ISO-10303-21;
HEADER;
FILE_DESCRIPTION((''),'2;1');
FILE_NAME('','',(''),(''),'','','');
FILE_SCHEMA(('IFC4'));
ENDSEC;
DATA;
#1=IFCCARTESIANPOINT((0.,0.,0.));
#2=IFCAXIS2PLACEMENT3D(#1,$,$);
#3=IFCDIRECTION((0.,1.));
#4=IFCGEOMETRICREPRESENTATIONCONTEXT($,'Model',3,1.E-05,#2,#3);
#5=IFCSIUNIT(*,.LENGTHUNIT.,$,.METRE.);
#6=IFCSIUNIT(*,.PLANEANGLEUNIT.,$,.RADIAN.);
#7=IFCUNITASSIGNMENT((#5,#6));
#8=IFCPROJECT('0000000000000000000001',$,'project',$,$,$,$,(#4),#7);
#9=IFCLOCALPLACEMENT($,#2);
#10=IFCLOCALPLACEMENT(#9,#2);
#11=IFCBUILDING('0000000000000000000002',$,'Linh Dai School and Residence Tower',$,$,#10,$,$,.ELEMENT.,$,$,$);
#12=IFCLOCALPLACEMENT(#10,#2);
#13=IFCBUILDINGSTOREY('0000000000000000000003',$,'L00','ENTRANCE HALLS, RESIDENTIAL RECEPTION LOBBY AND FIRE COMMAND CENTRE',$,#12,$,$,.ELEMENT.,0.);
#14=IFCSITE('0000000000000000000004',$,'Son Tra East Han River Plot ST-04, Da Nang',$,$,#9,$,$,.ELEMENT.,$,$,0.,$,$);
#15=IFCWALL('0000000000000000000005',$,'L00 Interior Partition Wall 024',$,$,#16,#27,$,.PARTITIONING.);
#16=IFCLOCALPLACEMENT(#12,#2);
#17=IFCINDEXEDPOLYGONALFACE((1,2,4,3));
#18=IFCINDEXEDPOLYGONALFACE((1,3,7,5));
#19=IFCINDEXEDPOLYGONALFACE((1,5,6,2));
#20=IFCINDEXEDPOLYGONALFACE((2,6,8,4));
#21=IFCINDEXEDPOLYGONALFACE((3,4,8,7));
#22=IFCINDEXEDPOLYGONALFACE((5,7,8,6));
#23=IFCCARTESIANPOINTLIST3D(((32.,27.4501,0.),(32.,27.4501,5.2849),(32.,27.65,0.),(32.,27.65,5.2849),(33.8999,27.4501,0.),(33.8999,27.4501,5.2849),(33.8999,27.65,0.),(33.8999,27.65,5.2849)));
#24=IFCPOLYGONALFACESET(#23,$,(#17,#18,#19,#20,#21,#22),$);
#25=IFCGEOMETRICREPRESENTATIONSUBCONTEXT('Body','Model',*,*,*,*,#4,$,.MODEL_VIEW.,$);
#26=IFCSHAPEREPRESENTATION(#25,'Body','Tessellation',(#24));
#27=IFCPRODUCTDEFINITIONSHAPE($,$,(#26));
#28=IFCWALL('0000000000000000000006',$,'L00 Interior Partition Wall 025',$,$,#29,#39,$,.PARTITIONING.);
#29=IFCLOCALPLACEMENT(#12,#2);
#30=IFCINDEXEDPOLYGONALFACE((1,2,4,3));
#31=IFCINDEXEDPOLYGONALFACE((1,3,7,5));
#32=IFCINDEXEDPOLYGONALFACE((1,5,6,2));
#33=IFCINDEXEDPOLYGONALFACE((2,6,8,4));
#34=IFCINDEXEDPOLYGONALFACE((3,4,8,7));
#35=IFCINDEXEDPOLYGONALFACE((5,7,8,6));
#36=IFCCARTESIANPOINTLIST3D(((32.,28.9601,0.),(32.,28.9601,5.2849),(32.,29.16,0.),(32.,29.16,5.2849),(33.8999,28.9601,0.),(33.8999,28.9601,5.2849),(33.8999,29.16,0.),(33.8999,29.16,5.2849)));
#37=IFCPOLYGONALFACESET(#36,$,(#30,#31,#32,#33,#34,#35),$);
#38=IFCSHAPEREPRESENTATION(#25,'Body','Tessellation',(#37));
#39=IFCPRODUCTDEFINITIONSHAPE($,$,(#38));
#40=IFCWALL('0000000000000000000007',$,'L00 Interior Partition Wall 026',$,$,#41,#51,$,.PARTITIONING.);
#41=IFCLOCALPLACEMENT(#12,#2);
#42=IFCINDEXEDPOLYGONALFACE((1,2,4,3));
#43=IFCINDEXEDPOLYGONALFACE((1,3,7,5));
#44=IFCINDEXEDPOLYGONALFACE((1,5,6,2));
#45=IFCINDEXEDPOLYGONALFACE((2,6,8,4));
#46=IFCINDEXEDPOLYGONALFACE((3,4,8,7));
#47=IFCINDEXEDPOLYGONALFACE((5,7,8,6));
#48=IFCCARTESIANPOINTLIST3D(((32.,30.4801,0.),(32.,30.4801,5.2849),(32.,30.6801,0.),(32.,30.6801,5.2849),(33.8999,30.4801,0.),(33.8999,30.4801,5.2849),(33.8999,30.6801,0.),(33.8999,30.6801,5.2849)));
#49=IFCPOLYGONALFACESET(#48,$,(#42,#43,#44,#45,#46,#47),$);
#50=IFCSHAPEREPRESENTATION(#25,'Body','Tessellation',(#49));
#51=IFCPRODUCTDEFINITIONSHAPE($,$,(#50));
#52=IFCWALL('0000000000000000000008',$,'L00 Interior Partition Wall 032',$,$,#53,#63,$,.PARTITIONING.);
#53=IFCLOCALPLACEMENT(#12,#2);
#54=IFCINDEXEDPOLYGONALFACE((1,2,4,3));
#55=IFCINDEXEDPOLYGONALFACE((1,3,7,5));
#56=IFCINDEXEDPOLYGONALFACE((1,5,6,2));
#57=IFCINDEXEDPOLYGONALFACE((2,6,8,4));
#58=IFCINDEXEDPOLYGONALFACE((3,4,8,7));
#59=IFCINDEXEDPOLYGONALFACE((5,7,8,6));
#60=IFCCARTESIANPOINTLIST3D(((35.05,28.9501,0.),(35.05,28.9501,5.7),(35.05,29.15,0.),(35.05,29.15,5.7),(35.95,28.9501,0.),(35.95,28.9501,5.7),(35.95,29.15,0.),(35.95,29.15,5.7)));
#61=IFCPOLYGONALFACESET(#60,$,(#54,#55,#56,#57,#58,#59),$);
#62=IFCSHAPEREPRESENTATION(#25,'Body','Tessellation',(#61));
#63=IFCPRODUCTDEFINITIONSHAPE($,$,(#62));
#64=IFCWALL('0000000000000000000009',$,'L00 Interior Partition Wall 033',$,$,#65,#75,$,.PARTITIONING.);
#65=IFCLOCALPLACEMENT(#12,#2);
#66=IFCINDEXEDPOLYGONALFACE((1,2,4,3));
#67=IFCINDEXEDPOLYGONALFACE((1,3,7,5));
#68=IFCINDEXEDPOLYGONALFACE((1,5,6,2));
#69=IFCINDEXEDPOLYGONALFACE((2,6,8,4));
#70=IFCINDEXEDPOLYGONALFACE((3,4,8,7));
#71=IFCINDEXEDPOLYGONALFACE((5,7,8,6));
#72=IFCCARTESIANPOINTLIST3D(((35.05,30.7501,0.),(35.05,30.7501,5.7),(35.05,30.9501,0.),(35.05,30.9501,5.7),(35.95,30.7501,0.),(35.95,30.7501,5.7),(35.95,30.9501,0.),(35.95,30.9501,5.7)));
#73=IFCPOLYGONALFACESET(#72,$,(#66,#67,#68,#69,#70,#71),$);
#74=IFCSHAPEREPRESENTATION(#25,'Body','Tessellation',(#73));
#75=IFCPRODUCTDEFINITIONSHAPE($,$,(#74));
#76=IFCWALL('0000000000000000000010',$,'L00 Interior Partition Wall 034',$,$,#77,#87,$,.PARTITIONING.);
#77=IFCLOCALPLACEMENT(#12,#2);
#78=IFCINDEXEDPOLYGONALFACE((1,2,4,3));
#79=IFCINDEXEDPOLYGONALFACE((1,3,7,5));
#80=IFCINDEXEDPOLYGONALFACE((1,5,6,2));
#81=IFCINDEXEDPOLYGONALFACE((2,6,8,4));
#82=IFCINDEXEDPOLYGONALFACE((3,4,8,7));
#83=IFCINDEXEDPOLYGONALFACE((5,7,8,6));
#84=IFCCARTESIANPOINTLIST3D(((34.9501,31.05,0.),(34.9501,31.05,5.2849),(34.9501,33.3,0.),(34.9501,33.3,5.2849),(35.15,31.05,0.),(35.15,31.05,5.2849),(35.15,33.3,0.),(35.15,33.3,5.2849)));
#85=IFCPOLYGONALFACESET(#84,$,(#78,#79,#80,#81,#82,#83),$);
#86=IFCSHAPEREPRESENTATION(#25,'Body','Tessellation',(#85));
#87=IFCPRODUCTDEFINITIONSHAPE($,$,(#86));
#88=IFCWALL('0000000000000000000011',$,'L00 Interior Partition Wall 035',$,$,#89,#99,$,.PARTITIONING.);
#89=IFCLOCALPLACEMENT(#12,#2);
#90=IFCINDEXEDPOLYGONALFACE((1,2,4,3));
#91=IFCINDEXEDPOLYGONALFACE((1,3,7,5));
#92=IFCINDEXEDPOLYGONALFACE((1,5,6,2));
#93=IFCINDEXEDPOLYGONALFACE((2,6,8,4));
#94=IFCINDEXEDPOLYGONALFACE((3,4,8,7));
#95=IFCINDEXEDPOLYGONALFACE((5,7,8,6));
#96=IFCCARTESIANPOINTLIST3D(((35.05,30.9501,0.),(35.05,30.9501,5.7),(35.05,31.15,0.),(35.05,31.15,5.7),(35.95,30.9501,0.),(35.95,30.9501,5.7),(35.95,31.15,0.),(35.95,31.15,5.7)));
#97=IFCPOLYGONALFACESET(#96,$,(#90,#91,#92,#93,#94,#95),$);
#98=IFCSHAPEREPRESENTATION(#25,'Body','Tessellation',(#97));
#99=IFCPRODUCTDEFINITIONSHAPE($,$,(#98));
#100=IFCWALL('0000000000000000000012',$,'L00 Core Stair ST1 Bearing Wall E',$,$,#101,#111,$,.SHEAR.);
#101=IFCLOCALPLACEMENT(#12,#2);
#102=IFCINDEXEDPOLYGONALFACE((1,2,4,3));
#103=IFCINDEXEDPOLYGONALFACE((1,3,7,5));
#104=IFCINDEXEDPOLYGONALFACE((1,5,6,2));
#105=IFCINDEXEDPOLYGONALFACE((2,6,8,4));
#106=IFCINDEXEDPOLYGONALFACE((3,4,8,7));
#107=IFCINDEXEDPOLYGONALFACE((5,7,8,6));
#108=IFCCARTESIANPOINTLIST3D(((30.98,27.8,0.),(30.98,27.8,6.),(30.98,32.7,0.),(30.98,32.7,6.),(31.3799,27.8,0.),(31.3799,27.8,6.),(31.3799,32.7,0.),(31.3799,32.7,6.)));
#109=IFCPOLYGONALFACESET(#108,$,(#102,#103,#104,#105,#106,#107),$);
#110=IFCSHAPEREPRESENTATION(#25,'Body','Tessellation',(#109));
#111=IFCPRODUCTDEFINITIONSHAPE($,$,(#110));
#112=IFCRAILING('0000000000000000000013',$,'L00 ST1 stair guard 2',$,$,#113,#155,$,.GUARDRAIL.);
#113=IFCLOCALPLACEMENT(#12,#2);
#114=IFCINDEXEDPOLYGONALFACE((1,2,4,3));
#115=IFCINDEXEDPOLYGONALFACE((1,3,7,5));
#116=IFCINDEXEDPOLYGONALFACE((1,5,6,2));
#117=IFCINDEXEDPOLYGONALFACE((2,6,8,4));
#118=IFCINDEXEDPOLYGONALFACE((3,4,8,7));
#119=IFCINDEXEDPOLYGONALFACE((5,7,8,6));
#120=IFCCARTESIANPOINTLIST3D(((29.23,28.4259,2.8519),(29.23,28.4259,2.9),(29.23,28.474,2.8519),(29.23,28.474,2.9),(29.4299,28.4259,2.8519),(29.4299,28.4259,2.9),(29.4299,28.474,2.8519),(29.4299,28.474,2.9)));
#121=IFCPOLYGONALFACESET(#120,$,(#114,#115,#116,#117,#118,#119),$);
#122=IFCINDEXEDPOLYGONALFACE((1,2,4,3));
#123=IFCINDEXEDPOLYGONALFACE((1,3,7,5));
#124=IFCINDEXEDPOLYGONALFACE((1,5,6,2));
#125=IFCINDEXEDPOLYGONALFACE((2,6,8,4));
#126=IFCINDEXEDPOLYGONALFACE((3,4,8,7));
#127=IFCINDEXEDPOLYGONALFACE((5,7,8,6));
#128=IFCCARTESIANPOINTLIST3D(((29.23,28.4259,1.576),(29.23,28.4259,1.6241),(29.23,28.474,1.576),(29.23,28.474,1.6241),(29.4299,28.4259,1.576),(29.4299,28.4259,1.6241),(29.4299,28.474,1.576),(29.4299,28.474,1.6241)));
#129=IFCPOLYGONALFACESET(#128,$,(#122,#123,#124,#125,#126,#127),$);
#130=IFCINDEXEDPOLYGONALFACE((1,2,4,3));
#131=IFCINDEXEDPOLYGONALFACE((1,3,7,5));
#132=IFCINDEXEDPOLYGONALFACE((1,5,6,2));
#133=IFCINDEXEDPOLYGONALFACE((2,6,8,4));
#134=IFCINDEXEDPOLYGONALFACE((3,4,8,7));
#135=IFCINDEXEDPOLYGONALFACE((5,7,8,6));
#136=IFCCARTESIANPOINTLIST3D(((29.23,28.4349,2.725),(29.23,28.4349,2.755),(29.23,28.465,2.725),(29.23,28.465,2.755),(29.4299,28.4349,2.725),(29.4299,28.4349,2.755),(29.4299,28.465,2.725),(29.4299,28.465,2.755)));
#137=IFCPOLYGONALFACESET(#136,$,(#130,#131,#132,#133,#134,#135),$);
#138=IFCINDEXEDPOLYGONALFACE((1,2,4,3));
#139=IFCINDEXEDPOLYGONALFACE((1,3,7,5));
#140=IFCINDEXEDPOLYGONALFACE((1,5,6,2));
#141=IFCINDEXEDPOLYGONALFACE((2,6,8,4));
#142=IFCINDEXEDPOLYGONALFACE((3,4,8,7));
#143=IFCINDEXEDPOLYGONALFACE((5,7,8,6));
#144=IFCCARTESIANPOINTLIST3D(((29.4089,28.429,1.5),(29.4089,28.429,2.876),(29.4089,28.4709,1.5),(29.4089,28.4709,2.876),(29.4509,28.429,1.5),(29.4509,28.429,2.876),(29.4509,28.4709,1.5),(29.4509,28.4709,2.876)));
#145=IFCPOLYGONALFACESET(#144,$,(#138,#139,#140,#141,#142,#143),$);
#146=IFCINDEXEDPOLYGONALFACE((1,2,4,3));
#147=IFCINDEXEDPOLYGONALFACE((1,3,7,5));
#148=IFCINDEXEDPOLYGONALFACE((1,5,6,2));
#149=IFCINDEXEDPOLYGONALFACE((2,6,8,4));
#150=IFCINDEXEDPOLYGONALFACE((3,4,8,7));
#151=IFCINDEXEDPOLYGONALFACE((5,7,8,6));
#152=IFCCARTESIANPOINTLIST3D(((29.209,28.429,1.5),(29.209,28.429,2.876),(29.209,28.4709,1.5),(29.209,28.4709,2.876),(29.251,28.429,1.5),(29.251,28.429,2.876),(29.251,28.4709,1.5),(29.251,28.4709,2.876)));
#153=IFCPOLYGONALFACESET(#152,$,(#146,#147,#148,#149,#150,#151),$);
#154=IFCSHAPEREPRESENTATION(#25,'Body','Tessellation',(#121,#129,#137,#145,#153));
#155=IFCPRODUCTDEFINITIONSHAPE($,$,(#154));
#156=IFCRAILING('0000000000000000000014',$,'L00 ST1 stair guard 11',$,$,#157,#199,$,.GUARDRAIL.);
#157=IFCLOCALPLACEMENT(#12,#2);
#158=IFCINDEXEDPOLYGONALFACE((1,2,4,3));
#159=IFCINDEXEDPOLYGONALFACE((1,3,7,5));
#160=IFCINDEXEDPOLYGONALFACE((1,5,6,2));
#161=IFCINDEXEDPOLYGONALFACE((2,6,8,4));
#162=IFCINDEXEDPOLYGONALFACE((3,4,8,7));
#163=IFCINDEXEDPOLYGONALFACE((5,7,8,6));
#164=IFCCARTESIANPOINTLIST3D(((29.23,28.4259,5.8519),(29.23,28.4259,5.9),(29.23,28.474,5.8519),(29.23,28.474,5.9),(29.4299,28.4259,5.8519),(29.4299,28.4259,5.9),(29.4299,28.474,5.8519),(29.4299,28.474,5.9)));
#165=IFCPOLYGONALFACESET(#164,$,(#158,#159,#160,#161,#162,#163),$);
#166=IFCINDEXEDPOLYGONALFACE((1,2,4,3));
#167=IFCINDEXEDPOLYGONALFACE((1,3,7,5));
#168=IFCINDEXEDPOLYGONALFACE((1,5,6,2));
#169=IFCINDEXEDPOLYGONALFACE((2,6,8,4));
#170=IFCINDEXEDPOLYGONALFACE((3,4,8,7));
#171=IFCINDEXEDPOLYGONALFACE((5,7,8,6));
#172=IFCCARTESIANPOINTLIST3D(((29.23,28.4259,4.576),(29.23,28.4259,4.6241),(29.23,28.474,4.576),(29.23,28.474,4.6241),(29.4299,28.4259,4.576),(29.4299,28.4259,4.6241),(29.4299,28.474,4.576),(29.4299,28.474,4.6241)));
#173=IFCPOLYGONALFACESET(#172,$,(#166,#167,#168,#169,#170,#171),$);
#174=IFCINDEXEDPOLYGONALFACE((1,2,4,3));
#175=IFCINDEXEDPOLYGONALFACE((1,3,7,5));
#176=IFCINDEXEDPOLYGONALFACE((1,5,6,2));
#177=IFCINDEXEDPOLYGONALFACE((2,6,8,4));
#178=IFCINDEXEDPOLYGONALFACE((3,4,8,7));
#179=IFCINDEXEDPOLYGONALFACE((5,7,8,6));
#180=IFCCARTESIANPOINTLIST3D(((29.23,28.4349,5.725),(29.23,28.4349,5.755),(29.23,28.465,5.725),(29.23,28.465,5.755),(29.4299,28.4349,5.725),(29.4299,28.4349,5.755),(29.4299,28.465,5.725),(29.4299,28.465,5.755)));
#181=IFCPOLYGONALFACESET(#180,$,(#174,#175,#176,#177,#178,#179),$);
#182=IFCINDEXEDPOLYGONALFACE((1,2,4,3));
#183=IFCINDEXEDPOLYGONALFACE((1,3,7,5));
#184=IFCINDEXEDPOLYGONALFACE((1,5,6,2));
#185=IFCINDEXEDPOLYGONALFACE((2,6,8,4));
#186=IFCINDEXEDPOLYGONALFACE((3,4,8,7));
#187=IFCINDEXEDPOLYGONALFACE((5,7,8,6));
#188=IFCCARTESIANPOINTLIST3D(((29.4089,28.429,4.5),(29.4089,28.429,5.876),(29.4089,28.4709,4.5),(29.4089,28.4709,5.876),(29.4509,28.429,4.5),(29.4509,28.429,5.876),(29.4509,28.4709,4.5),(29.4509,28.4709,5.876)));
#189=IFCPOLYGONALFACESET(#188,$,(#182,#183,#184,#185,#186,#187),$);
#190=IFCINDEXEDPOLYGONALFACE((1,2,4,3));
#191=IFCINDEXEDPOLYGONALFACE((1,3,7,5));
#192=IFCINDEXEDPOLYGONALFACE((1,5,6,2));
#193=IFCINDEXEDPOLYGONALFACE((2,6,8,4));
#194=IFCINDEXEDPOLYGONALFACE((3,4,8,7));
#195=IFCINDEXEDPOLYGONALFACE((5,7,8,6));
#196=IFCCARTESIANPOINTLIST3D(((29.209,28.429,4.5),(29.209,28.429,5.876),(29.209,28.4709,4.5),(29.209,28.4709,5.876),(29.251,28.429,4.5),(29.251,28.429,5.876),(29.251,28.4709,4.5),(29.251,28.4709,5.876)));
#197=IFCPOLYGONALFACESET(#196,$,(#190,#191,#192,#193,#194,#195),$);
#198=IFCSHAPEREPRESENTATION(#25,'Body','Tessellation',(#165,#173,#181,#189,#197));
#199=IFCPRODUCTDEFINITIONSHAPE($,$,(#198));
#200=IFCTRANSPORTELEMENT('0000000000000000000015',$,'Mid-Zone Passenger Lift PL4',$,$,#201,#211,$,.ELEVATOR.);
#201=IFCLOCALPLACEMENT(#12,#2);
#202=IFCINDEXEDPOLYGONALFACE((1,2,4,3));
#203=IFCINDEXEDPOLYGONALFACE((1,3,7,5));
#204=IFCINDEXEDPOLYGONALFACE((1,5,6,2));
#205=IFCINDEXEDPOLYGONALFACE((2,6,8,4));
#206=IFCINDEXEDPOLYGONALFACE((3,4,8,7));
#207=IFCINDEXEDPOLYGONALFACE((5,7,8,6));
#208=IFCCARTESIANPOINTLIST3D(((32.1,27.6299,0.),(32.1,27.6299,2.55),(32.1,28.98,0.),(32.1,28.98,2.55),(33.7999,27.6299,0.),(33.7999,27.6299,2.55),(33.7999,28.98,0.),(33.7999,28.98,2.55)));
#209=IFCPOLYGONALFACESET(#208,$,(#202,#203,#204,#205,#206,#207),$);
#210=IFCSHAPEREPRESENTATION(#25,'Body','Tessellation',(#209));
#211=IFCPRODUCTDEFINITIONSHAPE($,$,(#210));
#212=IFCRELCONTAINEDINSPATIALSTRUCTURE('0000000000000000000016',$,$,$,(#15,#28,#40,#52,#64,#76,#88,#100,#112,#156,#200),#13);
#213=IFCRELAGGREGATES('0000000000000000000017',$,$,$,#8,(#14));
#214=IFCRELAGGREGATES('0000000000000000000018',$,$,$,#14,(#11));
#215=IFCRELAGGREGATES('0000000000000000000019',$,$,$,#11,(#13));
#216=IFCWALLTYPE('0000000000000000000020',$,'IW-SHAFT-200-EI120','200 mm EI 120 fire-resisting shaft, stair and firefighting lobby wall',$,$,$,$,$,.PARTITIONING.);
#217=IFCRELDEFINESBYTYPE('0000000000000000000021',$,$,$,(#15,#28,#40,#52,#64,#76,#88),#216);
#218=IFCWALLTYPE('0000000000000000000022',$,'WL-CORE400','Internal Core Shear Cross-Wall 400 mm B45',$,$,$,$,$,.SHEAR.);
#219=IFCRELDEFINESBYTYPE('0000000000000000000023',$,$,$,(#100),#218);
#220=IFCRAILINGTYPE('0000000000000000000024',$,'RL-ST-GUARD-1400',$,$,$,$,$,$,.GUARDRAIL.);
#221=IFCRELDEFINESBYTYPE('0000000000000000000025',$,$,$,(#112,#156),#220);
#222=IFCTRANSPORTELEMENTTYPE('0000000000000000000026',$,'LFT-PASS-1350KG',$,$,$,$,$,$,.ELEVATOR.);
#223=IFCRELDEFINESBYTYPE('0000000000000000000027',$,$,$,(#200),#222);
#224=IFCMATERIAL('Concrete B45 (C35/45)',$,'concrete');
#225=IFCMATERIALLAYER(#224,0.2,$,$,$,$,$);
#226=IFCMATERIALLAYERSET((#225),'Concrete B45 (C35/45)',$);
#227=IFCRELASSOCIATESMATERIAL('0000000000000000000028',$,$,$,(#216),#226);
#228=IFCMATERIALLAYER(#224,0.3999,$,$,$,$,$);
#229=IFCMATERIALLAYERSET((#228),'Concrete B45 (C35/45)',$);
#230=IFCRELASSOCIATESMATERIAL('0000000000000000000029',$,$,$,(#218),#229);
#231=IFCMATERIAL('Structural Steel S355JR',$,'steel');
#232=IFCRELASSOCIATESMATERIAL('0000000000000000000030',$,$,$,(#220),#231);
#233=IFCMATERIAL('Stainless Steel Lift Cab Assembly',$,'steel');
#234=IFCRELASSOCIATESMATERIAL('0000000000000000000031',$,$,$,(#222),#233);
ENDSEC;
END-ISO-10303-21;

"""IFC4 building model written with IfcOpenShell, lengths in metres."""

from ifc_helpers import new_model, si_unit, direction, frame, frame_2d, origin, origin_2d, place, context, subcontext, project, spatial, rectangle, extrude, source, transform, mapped, material, layer, layer_set, type_object, element, save


model = new_model("IFC4")

# Units and contexts
model_context = context("Model", 3, precision=1e-05, world=origin(), true_north=direction((0.0, 1.0)))
body_context = subcontext(model_context, "Body", "Model", "MODEL_VIEW")
ifc_project = project(units=[si_unit("LENGTHUNIT", "METRE"), si_unit("PLANEANGLEUNIT", "RADIAN")], contexts=[model_context])

# Site, building, storey
site_placement = place(None, origin())
site = spatial("IfcSite", under=ifc_project, at=site_placement, Name="Son Tra East Han River Plot ST-04, Da Nang", CompositionType="ELEMENT", RefElevation=0.0)
building_placement = place(site_placement, origin())
building = spatial("IfcBuilding", under=site, at=building_placement, Name="Linh Dai School and Residence Tower", CompositionType="ELEMENT")
storey_placement = place(building_placement, origin())
storey = spatial("IfcBuildingStorey", under=building, at=storey_placement, Name="L00", Description="ENTRANCE HALLS, RESIDENTIAL RECEPTION LOBBY AND FIRE COMMAND CENTRE", CompositionType="ELEMENT", Elevation=0.0)

# Walls
ifc_material_1 = material(Name="Concrete B45 (C35/45)", Category="concrete")
ifc_layer_1 = layer(ifc_material_1, 0.2)
ifc_layer_set_1 = layer_set([ifc_layer_1], Name="Concrete B45 (C35/45)")
wall_type_1 = type_object("IfcWallType", Name="IW-SHAFT-200-EI120", Description="200 mm EI 120 fire-resisting shaft, stair and firefighting lobby wall", PredefinedType="PARTITIONING", material=ifc_layer_set_1)
for number, where, z_axis, x_axis, name in (
    (1, (32.0, 27.55, 0.0), (0.0, 0.0, 1.0), (1.0, 0.0, 0.0), "L00 Interior Partition Wall 024"),
    (2, (32.0, 29.0601, 0.0), (0.0, 0.0, 1.0), (1.0, 0.0, 0.0), "L00 Interior Partition Wall 025"),
    (3, (32.0, 30.5801, 0.0), (0.0, 0.0, 1.0), (1.0, 0.0, 0.0), "L00 Interior Partition Wall 026"),
):
    element("IfcWall", number, at=place(storey_placement, frame(where, z_axis=z_axis, x_axis=x_axis)), inside=storey, type_object=wall_type_1, Name=name, PredefinedType="PARTITIONING", context=body_context, shape_type="SweptSolid", body=[
        extrude(rectangle(XDim=1.8999, YDim=0.2, at=frame_2d((0.95, 0.0))), origin(), (0.0, 0.0, 1.0), 5.2849),
    ])
for number, where, z_axis, x_axis, name in (
    (4, (35.05, 29.05, 0.0), (0.0, 0.0, 1.0), (1.0, 0.0, 0.0), "L00 Interior Partition Wall 032"),
    (5, (35.05, 30.8501, 0.0), (0.0, 0.0, 1.0), (1.0, 0.0, 0.0), "L00 Interior Partition Wall 033"),
):
    element("IfcWall", number, at=place(storey_placement, frame(where, z_axis=z_axis, x_axis=x_axis)), inside=storey, type_object=wall_type_1, Name=name, PredefinedType="PARTITIONING", context=body_context, shape_type="SweptSolid", body=[
        extrude(rectangle(XDim=0.8999, YDim=0.2, at=frame_2d((0.45, 0.0))), origin(), (0.0, 0.0, 1.0), 5.7),
    ])
wall_1_placement = place(storey_placement, frame((35.05, 31.05, 0.0), z_axis=(0.0, 0.0, 1.0), x_axis=(0.0, 1.0, 0.0)))
element("IfcWall", 6, at=wall_1_placement, inside=storey, type_object=wall_type_1, Name="L00 Interior Partition Wall 034", PredefinedType="PARTITIONING", context=body_context, shape_type="SweptSolid", body=[
    extrude(rectangle(XDim=2.25, YDim=0.2, at=frame_2d((1.125, 0.0))), origin(), (0.0, 0.0, 1.0), 5.2849),
])
wall_2_placement = place(storey_placement, frame((35.05, 31.05, 0.0), z_axis=(0.0, 0.0, 1.0), x_axis=(1.0, 0.0, 0.0)))
element("IfcWall", 7, at=wall_2_placement, inside=storey, type_object=wall_type_1, Name="L00 Interior Partition Wall 035", PredefinedType="PARTITIONING", context=body_context, shape_type="SweptSolid", body=[
    extrude(rectangle(XDim=0.8999, YDim=0.2, at=frame_2d((0.45, 0.0))), origin(), (0.0, 0.0, 1.0), 5.7),
])

# Wall
ifc_layer_2 = layer(ifc_material_1, 0.3999)
ifc_layer_set_2 = layer_set([ifc_layer_2], Name="Concrete B45 (C35/45)")
wall_type_2 = type_object("IfcWallType", Name="WL-CORE400", Description="Internal Core Shear Cross-Wall 400 mm B45", PredefinedType="SHEAR", material=ifc_layer_set_2)
wall_3_placement = place(storey_placement, frame((31.1799, 27.8, 0.0), z_axis=(0.0, 0.0, 1.0), x_axis=(0.0, 1.0, 0.0)))
element("IfcWall", 8, at=wall_3_placement, inside=storey, type_object=wall_type_2, Name="L00 Core Stair ST1 Bearing Wall E", PredefinedType="SHEAR", context=body_context, shape_type="SweptSolid", body=[
    extrude(rectangle(XDim=4.8999, YDim=0.3999, at=frame_2d((2.45, 0.0))), origin(), (0.0, 0.0, 1.0), 6.0),
])

# Railings
ifc_material_2 = material(Name="Structural Steel S355JR", Category="steel")
railing_type = type_object("IfcRailingType", Name="RL-ST-GUARD-1400", PredefinedType="GUARDRAIL", material=ifc_material_2)
shared_shape_1 = source(origin(), body_context, "Body", "SweptSolid", [
    extrude(rectangle(XDim=0.0481, YDim=0.0481, at=origin_2d()), frame((0.0, 0.0, 1.376), z_axis=(-1.0, 0.0, 0.0), x_axis=(0.0, -1.0, 0.0)), (0.0, 0.0, 1.0), 0.2),
    extrude(rectangle(XDim=0.0481, YDim=0.0481, at=origin_2d()), frame((0.0, 0.0, 0.1001), z_axis=(-1.0, 0.0, 0.0), x_axis=(0.0, -1.0, 0.0)), (0.0, 0.0, 1.0), 0.2),
    extrude(rectangle(XDim=0.03, YDim=0.03, at=origin_2d()), frame((0.0, 0.0, 1.24), z_axis=(-1.0, 0.0, 0.0), x_axis=(0.0, -1.0, 0.0)), (0.0, 0.0, 1.0), 0.2),
    extrude(rectangle(XDim=0.042, YDim=0.042, at=origin_2d()), origin(), (0.0, 0.0, 1.0), 1.376),
    extrude(rectangle(XDim=0.042, YDim=0.042, at=origin_2d()), frame((-0.2, 0.0, 0.0)), (0.0, 0.0, 1.0), 1.376),
])
for number, where, name in (
    (9, (29.4299, 28.45, 1.5), "L00 ST1 stair guard 2"),
    (10, (29.4299, 28.45, 4.5), "L00 ST1 stair guard 11"),
):
    element("IfcRailing", number, at=place(storey_placement, frame(where)), inside=storey, type_object=railing_type, Name=name, PredefinedType="GUARDRAIL", context=body_context, shape_type="MappedRepresentation", body=[
        mapped(shared_shape_1, transform((0.0, 0.0, 0.0), x_axis=(1.0, 0.0, 0.0), y_axis=(0.0, 1.0, 0.0), z_axis=(0.0, 0.0, 1.0), scale=1.0)),
    ])

# Transport element
ifc_material_3 = material(Name="Stainless Steel Lift Cab Assembly", Category="steel")
transport_element_type = type_object("IfcTransportElementType", Name="LFT-PASS-1350KG", PredefinedType="ELEVATOR", material=ifc_material_3)
shared_shape_2 = source(origin(), body_context, "Body", "SweptSolid", [
    extrude(rectangle(XDim=1.7, YDim=1.3501, at=origin_2d()), origin(), (0.0, 0.0, 1.0), 2.55),
])
for number, where, z_axis, x_axis, name in (
    (11, (32.95, 28.3049, 0.0), (0.0, 0.0, 1.0), (1.0, 0.0, 0.0), "Mid-Zone Passenger Lift PL4"),
):
    element("IfcTransportElement", number, at=place(storey_placement, frame(where, z_axis=z_axis, x_axis=x_axis)), inside=storey, type_object=transport_element_type, Name=name, PredefinedType="ELEVATOR", context=body_context, shape_type="MappedRepresentation", body=[
        mapped(shared_shape_2, transform((0.0, 0.0, 0.0), x_axis=(1.0, 0.0, 0.0), y_axis=(0.0, 1.0, 0.0), z_axis=(0.0, 0.0, 1.0), scale=1.0)),
    ])

save(model, "model.ifc")
